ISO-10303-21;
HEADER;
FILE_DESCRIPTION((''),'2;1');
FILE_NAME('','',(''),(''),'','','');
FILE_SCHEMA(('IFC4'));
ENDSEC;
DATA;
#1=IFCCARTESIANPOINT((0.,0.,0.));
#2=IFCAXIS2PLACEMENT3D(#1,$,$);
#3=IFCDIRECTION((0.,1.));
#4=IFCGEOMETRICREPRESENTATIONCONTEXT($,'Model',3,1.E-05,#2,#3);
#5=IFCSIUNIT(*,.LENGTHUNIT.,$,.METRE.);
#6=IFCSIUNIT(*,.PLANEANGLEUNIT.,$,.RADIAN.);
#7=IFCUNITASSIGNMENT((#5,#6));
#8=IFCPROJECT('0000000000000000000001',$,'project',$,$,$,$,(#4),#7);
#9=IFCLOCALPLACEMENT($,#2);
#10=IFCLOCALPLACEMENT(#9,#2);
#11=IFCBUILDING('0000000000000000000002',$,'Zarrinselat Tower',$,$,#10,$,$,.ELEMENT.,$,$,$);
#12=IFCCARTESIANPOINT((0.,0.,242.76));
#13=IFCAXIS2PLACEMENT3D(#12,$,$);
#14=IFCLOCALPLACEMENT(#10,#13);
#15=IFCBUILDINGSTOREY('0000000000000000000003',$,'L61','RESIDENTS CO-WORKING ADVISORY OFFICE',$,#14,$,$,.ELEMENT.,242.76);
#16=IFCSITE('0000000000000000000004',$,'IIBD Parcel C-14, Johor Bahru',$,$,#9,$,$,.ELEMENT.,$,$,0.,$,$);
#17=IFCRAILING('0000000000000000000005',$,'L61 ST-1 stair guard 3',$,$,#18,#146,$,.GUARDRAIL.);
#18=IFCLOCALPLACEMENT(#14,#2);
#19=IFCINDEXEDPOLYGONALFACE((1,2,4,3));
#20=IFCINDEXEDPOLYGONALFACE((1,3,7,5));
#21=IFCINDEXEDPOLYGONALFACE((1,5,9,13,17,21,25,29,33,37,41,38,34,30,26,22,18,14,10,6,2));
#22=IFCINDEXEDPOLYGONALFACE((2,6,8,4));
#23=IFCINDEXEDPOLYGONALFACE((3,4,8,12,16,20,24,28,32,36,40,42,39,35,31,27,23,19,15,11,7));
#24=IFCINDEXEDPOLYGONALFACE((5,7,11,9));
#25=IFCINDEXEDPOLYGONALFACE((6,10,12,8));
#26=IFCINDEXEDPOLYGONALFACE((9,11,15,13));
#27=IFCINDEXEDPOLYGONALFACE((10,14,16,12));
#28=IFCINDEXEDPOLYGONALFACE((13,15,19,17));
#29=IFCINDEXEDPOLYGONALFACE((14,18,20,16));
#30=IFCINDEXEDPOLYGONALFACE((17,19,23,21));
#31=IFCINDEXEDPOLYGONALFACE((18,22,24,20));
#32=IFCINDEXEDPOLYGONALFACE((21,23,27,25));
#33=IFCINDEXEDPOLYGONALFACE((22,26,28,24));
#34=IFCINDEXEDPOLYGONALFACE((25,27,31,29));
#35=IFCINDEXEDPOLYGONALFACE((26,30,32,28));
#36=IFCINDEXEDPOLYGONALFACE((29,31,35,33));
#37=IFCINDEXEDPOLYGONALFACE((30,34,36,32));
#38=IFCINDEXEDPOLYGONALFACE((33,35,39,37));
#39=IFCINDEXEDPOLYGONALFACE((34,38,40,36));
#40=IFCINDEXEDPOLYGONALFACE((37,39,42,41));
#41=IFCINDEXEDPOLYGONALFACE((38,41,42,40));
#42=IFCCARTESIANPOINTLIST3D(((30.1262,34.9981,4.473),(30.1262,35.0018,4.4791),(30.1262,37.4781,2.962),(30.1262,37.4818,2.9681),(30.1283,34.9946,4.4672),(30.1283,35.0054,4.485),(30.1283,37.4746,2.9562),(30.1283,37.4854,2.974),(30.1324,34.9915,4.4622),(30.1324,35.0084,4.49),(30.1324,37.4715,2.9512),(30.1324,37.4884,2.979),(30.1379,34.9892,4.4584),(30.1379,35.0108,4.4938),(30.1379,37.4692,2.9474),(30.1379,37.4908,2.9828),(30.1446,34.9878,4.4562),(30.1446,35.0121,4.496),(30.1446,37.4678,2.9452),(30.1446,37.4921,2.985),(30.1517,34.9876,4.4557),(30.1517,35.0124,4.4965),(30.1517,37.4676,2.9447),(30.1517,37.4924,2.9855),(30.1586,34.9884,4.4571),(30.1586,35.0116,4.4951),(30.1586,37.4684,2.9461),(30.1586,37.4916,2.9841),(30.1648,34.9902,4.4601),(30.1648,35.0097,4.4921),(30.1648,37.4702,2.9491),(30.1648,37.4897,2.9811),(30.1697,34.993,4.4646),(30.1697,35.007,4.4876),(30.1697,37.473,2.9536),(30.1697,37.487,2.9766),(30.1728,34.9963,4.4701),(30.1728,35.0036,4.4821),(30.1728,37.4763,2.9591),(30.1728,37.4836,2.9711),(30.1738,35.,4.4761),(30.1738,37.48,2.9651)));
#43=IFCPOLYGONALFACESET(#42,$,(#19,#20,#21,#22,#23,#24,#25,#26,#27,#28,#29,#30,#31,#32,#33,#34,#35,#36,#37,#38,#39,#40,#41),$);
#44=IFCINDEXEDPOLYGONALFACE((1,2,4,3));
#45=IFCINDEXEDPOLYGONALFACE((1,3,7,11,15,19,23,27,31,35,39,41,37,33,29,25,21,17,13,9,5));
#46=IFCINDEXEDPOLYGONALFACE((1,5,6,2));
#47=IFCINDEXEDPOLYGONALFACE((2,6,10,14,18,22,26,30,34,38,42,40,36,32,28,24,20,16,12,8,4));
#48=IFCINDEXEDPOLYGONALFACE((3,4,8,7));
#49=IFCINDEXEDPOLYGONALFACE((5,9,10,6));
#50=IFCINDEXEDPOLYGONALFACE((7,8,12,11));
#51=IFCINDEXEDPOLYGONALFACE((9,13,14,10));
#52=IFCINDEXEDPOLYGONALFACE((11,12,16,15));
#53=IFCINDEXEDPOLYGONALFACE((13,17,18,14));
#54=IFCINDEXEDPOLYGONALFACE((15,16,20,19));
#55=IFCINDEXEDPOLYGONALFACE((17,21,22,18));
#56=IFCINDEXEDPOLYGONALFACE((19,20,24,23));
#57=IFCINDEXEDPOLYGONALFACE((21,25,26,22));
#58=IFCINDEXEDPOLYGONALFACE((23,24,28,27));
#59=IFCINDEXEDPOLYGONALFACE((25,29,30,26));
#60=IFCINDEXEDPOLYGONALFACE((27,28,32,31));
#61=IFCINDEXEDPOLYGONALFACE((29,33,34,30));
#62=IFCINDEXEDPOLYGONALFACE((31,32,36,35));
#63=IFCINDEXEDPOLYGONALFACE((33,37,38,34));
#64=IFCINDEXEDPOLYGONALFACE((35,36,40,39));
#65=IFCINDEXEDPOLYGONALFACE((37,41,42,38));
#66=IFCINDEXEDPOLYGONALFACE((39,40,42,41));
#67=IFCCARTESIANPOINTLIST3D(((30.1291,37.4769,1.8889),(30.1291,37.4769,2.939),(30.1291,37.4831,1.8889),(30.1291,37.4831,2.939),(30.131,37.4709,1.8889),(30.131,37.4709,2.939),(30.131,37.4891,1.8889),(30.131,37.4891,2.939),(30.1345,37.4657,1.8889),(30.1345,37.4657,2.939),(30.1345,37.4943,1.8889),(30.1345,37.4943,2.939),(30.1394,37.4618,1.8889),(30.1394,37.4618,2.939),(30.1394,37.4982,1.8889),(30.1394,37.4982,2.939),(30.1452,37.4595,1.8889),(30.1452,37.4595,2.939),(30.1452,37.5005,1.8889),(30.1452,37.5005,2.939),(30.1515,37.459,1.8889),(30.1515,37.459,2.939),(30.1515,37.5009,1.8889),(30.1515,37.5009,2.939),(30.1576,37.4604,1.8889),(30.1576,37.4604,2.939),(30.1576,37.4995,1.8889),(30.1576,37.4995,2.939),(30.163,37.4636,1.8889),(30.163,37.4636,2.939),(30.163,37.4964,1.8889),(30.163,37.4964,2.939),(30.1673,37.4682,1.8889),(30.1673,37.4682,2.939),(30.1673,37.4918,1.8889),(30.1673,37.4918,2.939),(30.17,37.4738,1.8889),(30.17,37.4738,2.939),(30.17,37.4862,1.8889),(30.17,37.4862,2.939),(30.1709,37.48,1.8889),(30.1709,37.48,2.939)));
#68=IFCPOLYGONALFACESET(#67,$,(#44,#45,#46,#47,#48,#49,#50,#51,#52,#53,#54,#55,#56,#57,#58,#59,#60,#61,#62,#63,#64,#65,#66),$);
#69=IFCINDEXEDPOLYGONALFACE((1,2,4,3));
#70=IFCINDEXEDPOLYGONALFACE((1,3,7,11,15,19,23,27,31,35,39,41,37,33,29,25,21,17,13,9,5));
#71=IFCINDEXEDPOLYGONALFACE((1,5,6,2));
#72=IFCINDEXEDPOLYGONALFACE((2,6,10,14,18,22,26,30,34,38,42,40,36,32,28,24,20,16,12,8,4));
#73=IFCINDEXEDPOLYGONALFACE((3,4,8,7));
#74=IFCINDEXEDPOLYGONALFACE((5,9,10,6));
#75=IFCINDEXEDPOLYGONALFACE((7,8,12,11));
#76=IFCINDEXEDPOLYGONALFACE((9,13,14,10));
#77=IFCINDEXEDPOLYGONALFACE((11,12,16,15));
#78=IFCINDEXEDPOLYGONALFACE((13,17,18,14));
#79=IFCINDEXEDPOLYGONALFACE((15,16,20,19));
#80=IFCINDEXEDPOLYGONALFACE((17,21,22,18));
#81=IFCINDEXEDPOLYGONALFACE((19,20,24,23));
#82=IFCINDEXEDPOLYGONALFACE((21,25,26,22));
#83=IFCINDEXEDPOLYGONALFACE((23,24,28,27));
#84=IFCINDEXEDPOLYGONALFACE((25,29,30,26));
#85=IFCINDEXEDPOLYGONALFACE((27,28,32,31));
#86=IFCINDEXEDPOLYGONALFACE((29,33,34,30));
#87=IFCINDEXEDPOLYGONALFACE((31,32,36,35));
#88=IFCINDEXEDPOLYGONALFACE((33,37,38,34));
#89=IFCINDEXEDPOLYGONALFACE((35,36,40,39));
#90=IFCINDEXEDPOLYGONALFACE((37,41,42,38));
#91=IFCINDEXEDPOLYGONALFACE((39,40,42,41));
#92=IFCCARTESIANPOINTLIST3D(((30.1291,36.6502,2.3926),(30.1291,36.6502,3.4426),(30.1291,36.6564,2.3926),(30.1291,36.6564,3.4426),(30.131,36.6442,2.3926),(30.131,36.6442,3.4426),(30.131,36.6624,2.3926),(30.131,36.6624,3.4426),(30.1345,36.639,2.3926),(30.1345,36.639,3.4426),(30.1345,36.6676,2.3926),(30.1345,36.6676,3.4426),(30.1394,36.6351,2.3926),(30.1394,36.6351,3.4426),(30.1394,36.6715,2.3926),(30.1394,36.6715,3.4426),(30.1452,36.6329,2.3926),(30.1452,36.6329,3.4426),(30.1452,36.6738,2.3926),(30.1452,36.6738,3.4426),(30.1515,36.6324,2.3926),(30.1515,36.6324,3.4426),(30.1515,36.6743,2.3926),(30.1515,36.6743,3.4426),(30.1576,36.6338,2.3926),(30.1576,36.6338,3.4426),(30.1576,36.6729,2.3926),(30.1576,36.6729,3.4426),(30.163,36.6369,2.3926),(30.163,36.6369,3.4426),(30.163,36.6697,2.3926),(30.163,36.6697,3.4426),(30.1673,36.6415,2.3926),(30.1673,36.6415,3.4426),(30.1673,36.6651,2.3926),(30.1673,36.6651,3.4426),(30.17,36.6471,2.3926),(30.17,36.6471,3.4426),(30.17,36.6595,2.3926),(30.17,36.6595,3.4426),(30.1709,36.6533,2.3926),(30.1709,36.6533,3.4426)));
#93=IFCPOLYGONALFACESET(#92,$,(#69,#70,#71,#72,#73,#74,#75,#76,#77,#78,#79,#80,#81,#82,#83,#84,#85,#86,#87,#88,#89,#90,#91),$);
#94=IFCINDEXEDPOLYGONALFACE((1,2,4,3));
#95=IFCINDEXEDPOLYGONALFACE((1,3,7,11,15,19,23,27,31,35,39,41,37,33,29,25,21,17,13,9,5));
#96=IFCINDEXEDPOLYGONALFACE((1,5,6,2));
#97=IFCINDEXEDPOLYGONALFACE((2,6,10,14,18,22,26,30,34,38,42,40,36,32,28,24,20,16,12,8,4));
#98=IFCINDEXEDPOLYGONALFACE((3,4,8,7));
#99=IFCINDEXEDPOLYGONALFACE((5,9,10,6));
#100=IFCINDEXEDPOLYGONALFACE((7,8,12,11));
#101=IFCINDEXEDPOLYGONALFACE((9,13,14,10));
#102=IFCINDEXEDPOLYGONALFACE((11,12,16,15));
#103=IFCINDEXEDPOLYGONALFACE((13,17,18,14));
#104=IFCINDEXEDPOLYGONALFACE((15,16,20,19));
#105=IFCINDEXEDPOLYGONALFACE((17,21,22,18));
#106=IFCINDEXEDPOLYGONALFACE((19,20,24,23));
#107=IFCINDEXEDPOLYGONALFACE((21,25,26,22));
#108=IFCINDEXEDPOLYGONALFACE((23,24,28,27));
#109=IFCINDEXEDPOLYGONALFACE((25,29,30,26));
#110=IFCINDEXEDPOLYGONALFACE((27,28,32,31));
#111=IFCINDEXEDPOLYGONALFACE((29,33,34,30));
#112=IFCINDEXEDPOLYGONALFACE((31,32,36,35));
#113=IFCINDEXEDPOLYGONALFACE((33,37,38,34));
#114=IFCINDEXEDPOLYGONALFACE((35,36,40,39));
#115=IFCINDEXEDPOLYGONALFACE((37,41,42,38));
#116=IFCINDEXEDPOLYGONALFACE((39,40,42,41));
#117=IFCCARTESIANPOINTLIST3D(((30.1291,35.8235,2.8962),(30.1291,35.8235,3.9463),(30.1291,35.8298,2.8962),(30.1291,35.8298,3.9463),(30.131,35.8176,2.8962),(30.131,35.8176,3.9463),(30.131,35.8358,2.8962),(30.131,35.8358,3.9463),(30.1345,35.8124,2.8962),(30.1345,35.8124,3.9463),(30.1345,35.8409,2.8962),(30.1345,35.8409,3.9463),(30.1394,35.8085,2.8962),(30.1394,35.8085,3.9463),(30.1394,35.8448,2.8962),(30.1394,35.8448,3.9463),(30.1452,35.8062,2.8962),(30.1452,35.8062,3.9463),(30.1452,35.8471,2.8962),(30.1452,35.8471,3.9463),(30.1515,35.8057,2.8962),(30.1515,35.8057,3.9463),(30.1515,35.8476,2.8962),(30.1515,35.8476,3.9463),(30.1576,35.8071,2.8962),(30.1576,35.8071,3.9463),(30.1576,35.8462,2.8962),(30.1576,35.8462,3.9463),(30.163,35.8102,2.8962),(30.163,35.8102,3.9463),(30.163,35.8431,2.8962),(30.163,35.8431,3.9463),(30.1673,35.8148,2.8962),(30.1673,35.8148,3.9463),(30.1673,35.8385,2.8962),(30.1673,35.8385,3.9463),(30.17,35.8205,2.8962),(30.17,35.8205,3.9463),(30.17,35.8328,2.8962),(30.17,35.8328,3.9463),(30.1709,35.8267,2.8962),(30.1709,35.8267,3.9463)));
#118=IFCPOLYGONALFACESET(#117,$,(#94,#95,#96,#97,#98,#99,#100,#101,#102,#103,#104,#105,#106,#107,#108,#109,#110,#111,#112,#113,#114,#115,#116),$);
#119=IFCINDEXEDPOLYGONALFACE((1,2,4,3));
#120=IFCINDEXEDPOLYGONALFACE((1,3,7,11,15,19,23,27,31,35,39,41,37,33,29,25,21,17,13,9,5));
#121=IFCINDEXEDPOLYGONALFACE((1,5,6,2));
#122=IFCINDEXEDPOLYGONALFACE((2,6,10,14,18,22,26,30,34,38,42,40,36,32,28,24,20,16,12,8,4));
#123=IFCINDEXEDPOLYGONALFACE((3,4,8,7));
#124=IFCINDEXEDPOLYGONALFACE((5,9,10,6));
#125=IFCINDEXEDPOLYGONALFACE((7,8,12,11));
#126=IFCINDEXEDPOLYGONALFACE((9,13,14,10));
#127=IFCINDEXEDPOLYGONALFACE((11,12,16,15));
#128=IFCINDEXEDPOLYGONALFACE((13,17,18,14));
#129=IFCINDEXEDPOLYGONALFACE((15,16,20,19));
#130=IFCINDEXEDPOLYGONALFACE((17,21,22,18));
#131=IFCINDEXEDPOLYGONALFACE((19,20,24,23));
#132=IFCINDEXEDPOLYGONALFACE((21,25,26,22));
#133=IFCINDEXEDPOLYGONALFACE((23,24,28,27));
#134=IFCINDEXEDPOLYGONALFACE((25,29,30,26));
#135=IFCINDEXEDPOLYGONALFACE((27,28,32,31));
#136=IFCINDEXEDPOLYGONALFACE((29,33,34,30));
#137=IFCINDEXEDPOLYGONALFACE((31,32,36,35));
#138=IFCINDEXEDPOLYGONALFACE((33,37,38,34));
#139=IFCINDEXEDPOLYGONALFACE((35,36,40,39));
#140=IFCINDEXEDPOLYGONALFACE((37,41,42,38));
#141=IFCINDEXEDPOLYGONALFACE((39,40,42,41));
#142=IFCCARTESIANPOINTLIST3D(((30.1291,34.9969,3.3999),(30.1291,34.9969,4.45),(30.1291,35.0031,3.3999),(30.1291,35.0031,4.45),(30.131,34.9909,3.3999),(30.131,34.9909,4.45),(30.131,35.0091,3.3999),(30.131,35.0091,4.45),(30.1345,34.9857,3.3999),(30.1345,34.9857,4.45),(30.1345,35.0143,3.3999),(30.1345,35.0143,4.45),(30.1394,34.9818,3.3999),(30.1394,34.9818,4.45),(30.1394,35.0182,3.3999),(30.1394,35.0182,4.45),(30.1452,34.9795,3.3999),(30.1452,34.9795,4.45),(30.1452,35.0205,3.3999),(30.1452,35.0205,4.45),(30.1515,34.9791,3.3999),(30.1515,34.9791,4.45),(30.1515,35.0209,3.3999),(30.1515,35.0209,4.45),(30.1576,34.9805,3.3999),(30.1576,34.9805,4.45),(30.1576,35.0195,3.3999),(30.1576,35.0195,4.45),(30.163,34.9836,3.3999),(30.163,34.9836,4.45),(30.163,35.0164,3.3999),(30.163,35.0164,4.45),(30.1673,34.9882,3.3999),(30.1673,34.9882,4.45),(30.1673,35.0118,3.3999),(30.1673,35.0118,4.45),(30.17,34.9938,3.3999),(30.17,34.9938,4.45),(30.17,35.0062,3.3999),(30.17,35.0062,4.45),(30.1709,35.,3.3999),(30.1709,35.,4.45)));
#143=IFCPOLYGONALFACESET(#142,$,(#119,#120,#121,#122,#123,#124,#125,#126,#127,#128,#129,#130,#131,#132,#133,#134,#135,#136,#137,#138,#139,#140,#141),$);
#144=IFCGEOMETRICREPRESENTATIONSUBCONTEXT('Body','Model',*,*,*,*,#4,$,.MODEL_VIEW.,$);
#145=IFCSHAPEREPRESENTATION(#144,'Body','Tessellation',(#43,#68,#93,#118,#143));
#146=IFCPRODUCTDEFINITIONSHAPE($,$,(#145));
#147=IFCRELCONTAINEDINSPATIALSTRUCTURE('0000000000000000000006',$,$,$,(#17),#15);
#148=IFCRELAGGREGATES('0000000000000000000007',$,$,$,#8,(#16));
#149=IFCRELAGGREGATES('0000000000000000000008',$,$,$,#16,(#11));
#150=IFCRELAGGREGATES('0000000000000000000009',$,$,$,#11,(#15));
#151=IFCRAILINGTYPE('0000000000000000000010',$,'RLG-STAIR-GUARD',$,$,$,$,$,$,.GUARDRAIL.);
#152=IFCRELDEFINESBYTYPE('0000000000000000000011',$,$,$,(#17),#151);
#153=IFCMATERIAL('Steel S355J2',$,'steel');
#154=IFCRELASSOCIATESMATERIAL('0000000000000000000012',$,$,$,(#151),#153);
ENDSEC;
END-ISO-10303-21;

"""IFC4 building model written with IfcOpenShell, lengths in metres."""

from ifc_helpers import new_model, si_unit, direction, frame, origin, origin_2d, place, context, subcontext, project, spatial, circle, extrude, material, type_object, element, save


model = new_model("IFC4")

# Units and contexts
model_context = context("Model", 3, precision=1e-05, world=origin(), true_north=direction((0.0, 1.0)))
body_context = subcontext(model_context, "Body", "Model", "MODEL_VIEW")
ifc_project = project(units=[si_unit("LENGTHUNIT", "METRE"), si_unit("PLANEANGLEUNIT", "RADIAN")], contexts=[model_context])

# Site, building, storey
site_placement = place(None, origin())
site = spatial("IfcSite", under=ifc_project, at=site_placement, Name="IIBD Parcel C-14, Johor Bahru", CompositionType="ELEMENT", RefElevation=0.0)
building_placement = place(site_placement, origin())
building = spatial("IfcBuilding", under=site, at=building_placement, Name="Zarrinselat Tower", CompositionType="ELEMENT")
storey_placement = place(building_placement, frame((0.0, 0.0, 242.76)))
storey = spatial("IfcBuildingStorey", under=building, at=storey_placement, Name="L61", Description="RESIDENTS CO-WORKING ADVISORY OFFICE", CompositionType="ELEMENT", Elevation=242.76)

# Railing
ifc_material_1 = material(Name="Steel S355J2", Category="steel")
railing_type_1 = type_object("IfcRailingType", Name="RLG-STAIR-GUARD", PredefinedType="GUARDRAIL", material=ifc_material_1)
railing_1_placement = place(storey_placement, frame((30.1499, 37.48, 1.8889)))
element("IfcRailing", 1, at=railing_1_placement, inside=storey, type_object=railing_type_1, Name="L61 ST-1 stair guard 3", PredefinedType="GUARDRAIL", context=body_context, shape_type="SweptSolid", body=[
    extrude(circle(Radius=0.0239, at=origin_2d()), frame((0.0, 0.0, 1.0762), z_axis=(0.0, -0.853979, 0.520307), x_axis=(1.0, 0.0, 0.0)), (0.0, 0.0, 1.0), 2.9041),
    extrude(circle(Radius=0.021, at=origin_2d()), origin(), (0.0, 0.0, 1.0), 1.05),
    extrude(circle(Radius=0.021, at=origin_2d()), frame((0.0, -0.8267, 0.5037)), (0.0, 0.0, 1.0), 1.05),
    extrude(circle(Radius=0.021, at=origin_2d()), frame((0.0, -1.6533, 1.0073)), (0.0, 0.0, 1.0), 1.05),
    extrude(circle(Radius=0.021, at=origin_2d()), frame((0.0, -2.48, 1.511)), (0.0, 0.0, 1.0), 1.05),
])

save(model, "model.ifc")
